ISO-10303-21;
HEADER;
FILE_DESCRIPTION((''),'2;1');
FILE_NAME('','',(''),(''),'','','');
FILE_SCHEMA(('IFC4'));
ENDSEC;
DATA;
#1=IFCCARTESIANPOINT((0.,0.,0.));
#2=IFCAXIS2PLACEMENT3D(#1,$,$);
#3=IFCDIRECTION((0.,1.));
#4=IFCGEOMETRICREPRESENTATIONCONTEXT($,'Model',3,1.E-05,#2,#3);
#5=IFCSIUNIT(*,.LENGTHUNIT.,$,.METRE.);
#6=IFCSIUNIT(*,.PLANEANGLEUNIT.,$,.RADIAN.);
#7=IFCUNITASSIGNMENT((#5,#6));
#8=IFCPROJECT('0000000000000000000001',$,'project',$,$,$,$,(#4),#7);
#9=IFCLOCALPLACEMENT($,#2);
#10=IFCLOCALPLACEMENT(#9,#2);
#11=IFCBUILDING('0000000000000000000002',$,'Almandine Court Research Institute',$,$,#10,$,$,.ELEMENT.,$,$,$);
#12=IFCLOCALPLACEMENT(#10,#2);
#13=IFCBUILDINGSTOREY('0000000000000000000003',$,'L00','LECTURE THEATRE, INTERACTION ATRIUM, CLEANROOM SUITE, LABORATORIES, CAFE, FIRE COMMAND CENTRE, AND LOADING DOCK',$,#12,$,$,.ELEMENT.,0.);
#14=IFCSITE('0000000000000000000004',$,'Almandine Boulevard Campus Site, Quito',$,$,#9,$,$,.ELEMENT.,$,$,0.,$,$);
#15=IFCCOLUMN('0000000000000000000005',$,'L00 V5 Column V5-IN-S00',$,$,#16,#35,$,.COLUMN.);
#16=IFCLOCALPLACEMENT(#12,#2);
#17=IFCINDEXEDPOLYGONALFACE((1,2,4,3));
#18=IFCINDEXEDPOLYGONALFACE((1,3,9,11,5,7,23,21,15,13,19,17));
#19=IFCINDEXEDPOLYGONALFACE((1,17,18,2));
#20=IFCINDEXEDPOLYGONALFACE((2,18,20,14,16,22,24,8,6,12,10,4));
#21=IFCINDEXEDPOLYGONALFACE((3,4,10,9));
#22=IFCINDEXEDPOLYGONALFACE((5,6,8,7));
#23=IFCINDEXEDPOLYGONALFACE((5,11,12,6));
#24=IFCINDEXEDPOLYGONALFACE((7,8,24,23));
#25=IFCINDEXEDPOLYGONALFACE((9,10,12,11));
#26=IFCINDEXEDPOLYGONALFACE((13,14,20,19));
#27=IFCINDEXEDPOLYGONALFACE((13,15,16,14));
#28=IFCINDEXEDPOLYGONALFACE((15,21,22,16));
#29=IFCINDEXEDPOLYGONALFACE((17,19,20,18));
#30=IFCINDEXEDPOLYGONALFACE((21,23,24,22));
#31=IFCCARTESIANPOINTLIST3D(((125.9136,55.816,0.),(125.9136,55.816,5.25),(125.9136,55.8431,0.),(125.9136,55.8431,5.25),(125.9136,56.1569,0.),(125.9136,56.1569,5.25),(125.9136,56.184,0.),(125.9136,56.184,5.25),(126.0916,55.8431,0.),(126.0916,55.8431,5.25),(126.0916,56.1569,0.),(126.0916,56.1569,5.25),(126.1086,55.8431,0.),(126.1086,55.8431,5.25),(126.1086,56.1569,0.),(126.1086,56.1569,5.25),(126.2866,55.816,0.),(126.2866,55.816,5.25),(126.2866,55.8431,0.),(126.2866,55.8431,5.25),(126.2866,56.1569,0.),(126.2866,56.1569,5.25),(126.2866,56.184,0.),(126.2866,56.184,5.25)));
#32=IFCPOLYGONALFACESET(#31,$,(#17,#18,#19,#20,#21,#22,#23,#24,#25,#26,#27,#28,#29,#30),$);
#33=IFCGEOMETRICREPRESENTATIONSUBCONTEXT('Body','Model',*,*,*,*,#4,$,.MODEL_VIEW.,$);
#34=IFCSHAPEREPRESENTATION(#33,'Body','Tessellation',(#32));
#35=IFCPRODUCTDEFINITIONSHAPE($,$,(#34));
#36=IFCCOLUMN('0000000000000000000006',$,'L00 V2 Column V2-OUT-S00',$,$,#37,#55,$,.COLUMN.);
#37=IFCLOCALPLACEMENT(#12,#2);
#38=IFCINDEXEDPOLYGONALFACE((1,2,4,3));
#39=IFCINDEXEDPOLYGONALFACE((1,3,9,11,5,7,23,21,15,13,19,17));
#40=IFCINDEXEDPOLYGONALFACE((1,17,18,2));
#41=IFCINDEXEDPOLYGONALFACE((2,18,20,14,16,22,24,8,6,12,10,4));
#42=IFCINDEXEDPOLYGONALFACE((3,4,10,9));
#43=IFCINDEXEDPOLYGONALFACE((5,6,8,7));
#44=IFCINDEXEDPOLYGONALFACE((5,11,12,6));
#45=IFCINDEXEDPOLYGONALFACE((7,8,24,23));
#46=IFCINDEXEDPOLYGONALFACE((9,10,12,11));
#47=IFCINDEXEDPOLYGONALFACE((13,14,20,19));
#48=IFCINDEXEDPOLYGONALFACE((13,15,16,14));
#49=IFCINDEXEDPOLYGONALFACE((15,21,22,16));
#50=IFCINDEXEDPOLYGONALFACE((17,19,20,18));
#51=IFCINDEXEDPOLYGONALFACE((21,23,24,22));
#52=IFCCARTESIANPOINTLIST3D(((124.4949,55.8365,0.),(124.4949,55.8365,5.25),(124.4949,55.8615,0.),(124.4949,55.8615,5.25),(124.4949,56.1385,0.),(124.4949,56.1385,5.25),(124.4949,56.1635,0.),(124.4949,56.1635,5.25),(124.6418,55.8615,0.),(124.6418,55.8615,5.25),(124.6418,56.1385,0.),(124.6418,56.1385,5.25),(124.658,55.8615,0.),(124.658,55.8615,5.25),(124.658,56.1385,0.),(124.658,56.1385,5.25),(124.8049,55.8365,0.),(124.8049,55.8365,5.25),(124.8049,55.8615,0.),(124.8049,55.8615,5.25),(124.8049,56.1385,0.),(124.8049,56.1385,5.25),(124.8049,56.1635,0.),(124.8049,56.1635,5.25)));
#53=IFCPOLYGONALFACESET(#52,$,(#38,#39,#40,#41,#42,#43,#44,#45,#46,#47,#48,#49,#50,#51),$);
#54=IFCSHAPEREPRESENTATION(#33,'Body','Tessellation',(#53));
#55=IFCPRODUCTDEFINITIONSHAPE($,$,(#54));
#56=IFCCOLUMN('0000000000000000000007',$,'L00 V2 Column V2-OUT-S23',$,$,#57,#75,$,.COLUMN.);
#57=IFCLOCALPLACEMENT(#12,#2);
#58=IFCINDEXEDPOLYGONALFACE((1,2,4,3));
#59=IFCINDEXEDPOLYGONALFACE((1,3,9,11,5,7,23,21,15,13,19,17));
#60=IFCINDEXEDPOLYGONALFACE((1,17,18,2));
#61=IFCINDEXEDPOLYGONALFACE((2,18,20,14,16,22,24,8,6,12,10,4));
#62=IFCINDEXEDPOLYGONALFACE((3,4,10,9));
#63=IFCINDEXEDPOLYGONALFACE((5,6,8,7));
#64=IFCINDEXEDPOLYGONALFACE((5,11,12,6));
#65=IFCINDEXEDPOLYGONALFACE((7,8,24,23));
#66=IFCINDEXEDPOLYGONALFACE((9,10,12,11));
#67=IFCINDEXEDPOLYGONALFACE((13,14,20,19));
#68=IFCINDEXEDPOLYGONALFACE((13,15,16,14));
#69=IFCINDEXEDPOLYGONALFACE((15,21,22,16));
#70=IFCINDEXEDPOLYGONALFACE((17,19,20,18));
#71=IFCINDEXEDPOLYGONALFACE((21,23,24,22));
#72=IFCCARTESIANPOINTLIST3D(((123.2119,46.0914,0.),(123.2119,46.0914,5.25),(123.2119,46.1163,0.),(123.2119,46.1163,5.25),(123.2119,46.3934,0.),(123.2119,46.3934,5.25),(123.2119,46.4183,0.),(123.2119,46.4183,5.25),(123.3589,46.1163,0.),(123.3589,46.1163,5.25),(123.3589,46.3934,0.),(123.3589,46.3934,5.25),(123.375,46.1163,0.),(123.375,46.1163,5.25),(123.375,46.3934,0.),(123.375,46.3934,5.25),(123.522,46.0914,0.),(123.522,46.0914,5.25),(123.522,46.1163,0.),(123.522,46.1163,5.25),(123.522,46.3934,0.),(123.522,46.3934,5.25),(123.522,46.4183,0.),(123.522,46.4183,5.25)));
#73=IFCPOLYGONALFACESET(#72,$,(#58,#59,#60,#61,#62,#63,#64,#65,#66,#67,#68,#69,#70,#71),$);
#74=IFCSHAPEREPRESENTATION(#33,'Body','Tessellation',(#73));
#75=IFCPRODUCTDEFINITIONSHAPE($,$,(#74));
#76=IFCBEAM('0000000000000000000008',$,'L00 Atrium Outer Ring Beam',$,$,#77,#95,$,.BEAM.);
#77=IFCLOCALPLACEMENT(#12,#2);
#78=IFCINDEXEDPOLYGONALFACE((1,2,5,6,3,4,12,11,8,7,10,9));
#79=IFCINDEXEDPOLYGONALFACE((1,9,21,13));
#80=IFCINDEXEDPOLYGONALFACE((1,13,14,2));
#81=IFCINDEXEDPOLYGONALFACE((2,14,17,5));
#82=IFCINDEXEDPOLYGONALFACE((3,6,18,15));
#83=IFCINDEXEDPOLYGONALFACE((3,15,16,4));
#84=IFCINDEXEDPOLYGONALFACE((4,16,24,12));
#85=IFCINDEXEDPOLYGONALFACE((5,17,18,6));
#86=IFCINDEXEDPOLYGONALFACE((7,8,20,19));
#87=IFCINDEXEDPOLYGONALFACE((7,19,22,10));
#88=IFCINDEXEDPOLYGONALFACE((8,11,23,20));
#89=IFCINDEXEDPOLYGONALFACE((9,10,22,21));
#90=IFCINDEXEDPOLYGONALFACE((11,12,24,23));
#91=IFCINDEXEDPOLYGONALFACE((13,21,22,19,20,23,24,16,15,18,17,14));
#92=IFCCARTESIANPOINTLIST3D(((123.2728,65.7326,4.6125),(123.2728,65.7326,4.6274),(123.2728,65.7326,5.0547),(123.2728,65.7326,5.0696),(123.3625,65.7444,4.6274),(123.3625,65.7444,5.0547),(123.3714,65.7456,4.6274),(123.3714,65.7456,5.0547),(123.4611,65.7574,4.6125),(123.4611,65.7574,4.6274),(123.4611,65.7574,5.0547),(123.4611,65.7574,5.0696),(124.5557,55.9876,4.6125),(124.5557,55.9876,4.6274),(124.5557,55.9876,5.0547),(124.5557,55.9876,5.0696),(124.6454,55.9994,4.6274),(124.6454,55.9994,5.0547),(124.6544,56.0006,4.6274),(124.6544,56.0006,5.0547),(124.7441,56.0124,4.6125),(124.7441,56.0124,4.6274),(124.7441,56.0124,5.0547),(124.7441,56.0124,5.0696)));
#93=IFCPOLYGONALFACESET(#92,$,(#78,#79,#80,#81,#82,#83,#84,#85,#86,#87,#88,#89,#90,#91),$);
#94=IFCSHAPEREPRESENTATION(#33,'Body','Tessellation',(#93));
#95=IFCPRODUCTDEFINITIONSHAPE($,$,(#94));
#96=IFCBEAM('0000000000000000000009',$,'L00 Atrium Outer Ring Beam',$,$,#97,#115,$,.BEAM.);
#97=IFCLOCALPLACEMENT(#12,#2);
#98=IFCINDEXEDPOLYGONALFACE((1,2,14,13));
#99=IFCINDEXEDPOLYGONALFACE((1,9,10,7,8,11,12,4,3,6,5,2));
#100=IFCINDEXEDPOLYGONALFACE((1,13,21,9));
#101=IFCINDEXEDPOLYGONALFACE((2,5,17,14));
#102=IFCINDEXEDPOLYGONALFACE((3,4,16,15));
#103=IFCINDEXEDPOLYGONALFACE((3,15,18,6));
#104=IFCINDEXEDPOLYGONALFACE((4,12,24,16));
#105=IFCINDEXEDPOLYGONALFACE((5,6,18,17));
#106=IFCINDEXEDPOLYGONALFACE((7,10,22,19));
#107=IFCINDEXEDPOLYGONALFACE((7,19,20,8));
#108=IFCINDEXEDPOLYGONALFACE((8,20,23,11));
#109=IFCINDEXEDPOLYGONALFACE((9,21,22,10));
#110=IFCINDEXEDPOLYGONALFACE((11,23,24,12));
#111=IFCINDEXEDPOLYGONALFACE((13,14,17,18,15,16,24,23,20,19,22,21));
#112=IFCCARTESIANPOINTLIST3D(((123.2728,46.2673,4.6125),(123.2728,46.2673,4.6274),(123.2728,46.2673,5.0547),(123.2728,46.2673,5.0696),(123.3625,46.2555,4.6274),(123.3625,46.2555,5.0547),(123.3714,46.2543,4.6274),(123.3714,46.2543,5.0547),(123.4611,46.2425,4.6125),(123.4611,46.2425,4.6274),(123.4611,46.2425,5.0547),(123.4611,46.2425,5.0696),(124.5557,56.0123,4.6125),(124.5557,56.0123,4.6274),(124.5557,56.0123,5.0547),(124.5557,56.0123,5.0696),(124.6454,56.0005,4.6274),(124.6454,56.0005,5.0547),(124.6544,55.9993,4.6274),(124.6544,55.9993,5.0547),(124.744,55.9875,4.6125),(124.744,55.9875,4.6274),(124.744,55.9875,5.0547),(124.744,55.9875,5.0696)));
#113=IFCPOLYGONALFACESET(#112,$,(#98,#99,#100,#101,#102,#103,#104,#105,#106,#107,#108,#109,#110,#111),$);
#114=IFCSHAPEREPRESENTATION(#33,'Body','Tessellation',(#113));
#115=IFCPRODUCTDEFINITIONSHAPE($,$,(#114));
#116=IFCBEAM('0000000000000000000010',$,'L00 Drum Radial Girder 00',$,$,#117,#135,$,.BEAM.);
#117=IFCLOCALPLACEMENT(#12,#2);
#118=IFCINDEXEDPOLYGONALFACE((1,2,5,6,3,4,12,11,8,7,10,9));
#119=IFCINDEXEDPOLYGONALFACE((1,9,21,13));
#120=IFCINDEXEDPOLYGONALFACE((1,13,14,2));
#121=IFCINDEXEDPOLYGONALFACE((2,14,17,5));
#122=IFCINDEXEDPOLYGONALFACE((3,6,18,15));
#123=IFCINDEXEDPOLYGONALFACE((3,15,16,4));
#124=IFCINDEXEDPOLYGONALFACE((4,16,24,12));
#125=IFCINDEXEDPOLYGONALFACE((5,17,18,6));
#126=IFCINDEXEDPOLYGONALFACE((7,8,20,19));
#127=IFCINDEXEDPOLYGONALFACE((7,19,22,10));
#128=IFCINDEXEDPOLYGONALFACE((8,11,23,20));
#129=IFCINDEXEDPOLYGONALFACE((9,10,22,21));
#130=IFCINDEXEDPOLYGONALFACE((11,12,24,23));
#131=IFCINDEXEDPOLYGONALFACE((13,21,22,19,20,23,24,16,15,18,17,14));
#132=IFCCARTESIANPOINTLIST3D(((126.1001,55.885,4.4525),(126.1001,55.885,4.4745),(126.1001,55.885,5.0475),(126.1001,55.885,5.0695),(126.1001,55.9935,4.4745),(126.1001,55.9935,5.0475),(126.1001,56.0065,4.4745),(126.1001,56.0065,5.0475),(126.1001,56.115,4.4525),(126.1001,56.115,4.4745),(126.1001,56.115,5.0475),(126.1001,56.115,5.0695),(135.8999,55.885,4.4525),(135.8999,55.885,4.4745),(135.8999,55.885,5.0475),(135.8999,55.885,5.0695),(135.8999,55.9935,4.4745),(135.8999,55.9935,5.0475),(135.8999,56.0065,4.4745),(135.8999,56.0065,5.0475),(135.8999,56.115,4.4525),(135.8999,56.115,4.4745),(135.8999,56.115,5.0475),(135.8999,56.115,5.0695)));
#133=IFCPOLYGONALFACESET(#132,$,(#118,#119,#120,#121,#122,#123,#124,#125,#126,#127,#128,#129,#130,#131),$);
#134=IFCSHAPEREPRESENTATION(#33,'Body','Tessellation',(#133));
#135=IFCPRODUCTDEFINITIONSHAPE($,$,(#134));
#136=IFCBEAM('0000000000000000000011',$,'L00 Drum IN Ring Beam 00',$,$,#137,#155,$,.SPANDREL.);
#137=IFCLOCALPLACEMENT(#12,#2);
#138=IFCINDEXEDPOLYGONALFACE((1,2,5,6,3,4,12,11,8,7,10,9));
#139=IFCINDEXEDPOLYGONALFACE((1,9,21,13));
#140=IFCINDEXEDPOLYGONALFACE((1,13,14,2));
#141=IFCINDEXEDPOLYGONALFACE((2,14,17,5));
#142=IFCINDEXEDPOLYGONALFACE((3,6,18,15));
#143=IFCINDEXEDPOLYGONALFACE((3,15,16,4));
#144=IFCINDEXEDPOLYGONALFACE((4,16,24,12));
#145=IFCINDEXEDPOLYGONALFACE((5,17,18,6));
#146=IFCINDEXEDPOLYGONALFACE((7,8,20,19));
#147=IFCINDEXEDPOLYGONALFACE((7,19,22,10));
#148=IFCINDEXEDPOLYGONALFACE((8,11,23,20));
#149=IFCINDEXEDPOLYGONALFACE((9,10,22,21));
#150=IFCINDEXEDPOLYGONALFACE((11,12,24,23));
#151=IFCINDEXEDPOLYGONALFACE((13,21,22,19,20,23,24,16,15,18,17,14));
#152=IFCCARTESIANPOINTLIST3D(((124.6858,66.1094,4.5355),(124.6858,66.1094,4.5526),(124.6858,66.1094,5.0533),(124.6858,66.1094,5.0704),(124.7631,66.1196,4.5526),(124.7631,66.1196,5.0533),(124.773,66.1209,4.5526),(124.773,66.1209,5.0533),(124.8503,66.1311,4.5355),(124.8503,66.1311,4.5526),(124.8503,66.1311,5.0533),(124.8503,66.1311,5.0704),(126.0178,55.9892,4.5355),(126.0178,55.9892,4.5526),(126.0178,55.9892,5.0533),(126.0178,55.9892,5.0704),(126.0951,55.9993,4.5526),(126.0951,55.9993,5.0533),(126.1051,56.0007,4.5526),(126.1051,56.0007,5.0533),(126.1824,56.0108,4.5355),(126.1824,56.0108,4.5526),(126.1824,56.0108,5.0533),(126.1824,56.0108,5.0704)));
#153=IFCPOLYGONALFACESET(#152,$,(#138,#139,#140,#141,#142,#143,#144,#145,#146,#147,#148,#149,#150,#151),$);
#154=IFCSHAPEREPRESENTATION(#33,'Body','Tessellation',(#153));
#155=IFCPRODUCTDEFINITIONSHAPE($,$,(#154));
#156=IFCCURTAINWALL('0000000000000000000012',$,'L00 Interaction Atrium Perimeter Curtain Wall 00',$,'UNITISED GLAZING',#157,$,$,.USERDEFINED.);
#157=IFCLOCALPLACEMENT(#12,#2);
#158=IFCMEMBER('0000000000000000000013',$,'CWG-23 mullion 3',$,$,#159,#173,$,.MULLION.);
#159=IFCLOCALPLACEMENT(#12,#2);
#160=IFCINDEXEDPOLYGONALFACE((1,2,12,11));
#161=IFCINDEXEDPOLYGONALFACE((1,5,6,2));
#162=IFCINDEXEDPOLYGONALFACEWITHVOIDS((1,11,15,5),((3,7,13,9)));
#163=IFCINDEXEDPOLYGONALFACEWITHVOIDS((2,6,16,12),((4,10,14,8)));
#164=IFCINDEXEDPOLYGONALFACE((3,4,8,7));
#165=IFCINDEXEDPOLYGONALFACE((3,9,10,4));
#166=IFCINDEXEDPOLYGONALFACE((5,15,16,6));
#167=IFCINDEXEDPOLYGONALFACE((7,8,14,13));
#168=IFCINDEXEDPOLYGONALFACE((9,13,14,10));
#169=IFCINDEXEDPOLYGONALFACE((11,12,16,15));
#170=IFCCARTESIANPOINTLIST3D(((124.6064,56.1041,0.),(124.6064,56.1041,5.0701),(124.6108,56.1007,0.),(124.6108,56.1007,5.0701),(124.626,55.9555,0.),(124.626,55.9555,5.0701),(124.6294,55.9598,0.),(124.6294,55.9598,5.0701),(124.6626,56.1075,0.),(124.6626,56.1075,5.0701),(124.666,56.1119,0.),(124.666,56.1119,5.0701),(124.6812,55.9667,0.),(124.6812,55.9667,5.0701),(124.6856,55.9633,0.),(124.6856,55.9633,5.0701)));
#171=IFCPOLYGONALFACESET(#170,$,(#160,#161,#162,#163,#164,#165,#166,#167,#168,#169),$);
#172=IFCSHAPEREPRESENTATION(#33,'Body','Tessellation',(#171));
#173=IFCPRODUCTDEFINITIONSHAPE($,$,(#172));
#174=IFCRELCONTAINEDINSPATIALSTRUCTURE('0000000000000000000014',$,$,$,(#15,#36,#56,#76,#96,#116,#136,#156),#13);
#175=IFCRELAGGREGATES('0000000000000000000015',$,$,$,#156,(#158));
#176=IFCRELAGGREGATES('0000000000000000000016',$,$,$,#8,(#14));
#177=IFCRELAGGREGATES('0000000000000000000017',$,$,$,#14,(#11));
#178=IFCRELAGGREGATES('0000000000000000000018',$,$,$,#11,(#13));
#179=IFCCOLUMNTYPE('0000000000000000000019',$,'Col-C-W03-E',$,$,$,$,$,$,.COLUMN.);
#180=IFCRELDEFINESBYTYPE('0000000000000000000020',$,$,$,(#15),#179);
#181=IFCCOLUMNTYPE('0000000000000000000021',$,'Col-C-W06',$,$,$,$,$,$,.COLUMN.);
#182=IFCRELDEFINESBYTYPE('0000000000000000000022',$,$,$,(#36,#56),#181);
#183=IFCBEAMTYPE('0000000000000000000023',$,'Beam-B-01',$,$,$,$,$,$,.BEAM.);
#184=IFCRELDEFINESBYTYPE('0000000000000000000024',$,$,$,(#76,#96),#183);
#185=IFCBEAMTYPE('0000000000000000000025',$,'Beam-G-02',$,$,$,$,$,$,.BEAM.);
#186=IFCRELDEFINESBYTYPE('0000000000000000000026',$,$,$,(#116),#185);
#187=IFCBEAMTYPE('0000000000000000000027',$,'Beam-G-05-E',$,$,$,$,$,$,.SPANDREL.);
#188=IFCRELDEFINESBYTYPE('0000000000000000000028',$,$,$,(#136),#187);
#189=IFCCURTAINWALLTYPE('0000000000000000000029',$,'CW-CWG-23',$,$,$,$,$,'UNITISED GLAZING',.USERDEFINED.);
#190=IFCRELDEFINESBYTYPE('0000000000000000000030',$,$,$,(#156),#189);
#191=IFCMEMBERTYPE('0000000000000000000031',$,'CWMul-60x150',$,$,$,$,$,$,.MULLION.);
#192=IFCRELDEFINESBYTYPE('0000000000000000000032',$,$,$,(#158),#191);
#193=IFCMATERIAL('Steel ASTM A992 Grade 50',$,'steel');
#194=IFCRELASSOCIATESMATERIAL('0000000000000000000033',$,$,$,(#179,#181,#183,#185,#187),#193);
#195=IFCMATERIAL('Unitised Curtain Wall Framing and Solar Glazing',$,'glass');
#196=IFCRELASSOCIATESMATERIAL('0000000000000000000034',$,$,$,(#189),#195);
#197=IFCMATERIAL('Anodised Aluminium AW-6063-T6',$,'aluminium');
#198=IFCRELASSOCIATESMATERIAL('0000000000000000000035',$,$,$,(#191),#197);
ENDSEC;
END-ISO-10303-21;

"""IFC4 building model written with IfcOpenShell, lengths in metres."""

from ifc_helpers import new_model, si_unit, direction, frame, origin, origin_2d, place, context, subcontext, project, spatial, hollow_rectangle, i_section, extrude, material, material_profile, profile_set, type_object, element, aggregate, save


model = new_model("IFC4")

# Units and contexts
model_context = context("Model", 3, precision=1e-05, world=origin(), true_north=direction((0.0, 1.0)))
body_context = subcontext(model_context, "Body", "Model", "MODEL_VIEW")
ifc_project = project(units=[si_unit("LENGTHUNIT", "METRE"), si_unit("PLANEANGLEUNIT", "RADIAN")], contexts=[model_context])

# Site, building, storey
site_placement = place(None, origin())
site = spatial("IfcSite", under=ifc_project, at=site_placement, Name="Almandine Boulevard Campus Site, Quito", CompositionType="ELEMENT", RefElevation=0.0)
building_placement = place(site_placement, origin())
building = spatial("IfcBuilding", under=site, at=building_placement, Name="Almandine Court Research Institute", CompositionType="ELEMENT")
storey_placement = place(building_placement, origin())
storey = spatial("IfcBuildingStorey", under=building, at=storey_placement, Name="L00", Description="LECTURE THEATRE, INTERACTION ATRIUM, CLEANROOM SUITE, LABORATORIES, CAFE, FIRE COMMAND CENTRE, AND LOADING DOCK", CompositionType="ELEMENT", Elevation=0.0)

# Columns
ifc_material_1 = material(Name="Steel ASTM A992 Grade 50", Category="steel")
ifc_material_profile_1 = material_profile(ifc_material_1, i_section(OverallWidth=0.373, OverallDepth=0.3679, WebThickness=0.0171, FlangeThickness=0.0271, at=origin_2d()), Name="W360x179")
ifc_profile_set_1 = profile_set([ifc_material_profile_1], Name="Steel ASTM A992 Grade 50")
column_type_1 = type_object("IfcColumnType", Name="Col-C-W03-E", PredefinedType="COLUMN", material=ifc_profile_set_1)
column_placement = place(storey_placement, frame((126.1001, 56.0, 0.0), z_axis=(0.0, 0.0, 1.0), x_axis=(1.0, 0.0, 0.0)))
element("IfcColumn", 1, at=column_placement, inside=storey, type_object=column_type_1, Name="L00 V5 Column V5-IN-S00", PredefinedType="COLUMN", context=body_context, shape_type="SweptSolid", body=[
    extrude(i_section(OverallWidth=0.373, OverallDepth=0.3679, WebThickness=0.0171, FlangeThickness=0.0271, at=origin_2d()), origin(), (0.0, 0.0, 1.0), 5.25),
])
ifc_material_profile_2 = material_profile(ifc_material_1, i_section(OverallWidth=0.3101, OverallDepth=0.3269, WebThickness=0.0161, FlangeThickness=0.0249, at=origin_2d()), Name="W310x158")
ifc_profile_set_2 = profile_set([ifc_material_profile_2], Name="Steel ASTM A992 Grade 50")
column_type_2 = type_object("IfcColumnType", Name="Col-C-W06", PredefinedType="COLUMN", material=ifc_profile_set_2)
for number, where, z_axis, x_axis, name in (
    (2, (124.6499, 56.0, 0.0), (0.0, 0.0, 1.0), (1.0, 0.0, 0.0), "L00 V2 Column V2-OUT-S00"),
    (3, (123.3669, 46.2549, 0.0), (0.0, 0.0, 1.0), (1.0, 0.0, 0.0), "L00 V2 Column V2-OUT-S23"),
):
    element("IfcColumn", number, at=place(storey_placement, frame(where, z_axis=z_axis, x_axis=x_axis)), inside=storey, type_object=column_type_2, Name=name, PredefinedType="COLUMN", context=body_context, shape_type="SweptSolid", body=[
        extrude(i_section(OverallWidth=0.3101, OverallDepth=0.3269, WebThickness=0.0161, FlangeThickness=0.0249, at=origin_2d()), origin(), (0.0, 0.0, 1.0), 5.25),
    ])

# Beams
ifc_material_profile_3 = material_profile(ifc_material_1, i_section(OverallWidth=0.1899, OverallDepth=0.457, WebThickness=0.009, FlangeThickness=0.0149, at=origin_2d()), Name="W460x74")
ifc_profile_set_3 = profile_set([ifc_material_profile_3], Name="Steel ASTM A992 Grade 50")
beam_type_1 = type_object("IfcBeamType", Name="Beam-B-01", PredefinedType="BEAM", material=ifc_profile_set_3)
for number, where, z_axis, x_axis, name in (
    (4, (124.6499, 56.0, 4.8411), (-0.130525, 0.991445, 0.0), (-0.991445, -0.130525, 0.0), "L00 Atrium Outer Ring Beam"),
    (5, (123.3669, 46.2549, 4.8411), (0.130525, 0.991445, 0.0), (-0.991445, 0.130525, 0.0), "L00 Atrium Outer Ring Beam"),
):
    element("IfcBeam", number, at=place(storey_placement, frame(where, z_axis=z_axis, x_axis=x_axis)), inside=storey, type_object=beam_type_1, Name=name, PredefinedType="BEAM", context=body_context, shape_type="SweptSolid", body=[
        extrude(i_section(OverallWidth=0.1899, OverallDepth=0.457, WebThickness=0.009, FlangeThickness=0.0149, at=origin_2d()), origin(), (0.0, 0.0, 1.0), 9.8291),
    ])
ifc_material_profile_4 = material_profile(ifc_material_1, i_section(OverallWidth=0.23, OverallDepth=0.6169, WebThickness=0.0129, FlangeThickness=0.022, at=origin_2d()), Name="W610x140")
ifc_profile_set_4 = profile_set([ifc_material_profile_4], Name="Steel ASTM A992 Grade 50")
beam_type_2 = type_object("IfcBeamType", Name="Beam-G-02", PredefinedType="BEAM", material=ifc_profile_set_4)
beam_1_placement = place(storey_placement, frame((126.1001, 56.0, 4.761), z_axis=(1.0, 0.0, 0.0), x_axis=(0.0, 1.0, 0.0)))
element("IfcBeam", 6, at=beam_1_placement, inside=storey, type_object=beam_type_2, Name="L00 Drum Radial Girder 00", PredefinedType="BEAM", context=body_context, shape_type="SweptSolid", body=[
    extrude(i_section(OverallWidth=0.23, OverallDepth=0.6169, WebThickness=0.0129, FlangeThickness=0.022, at=origin_2d()), origin(), (0.0, 0.0, 1.0), 9.7998),
])
ifc_material_profile_5 = material_profile(ifc_material_1, i_section(OverallWidth=0.166, OverallDepth=0.5349, WebThickness=0.01, FlangeThickness=0.0171, at=origin_2d()), Name="W530x85")
ifc_profile_set_5 = profile_set([ifc_material_profile_5], Name="Steel ASTM A992 Grade 50")
beam_type_3 = type_object("IfcBeamType", Name="Beam-G-05-E", PredefinedType="SPANDREL", material=ifc_profile_set_5)
beam_2_placement = place(storey_placement, frame((126.1001, 56.0, 4.803), z_axis=(-0.130497, 0.991449, 0.0), x_axis=(-0.991449, -0.130497, 0.0)))
element("IfcBeam", 7, at=beam_2_placement, inside=storey, type_object=beam_type_3, Name="L00 Drum IN Ring Beam 00", PredefinedType="SPANDREL", context=body_context, shape_type="SweptSolid", body=[
    extrude(i_section(OverallWidth=0.166, OverallDepth=0.5349, WebThickness=0.01, FlangeThickness=0.0171, at=origin_2d()), origin(), (0.0, 0.0, 1.0), 10.2075),
])

# Curtain wall, member
ifc_material_2 = material(Name="Unitised Curtain Wall Framing and Solar Glazing", Category="glass")
curtain_wall_type = type_object("IfcCurtainWallType", Name="CW-CWG-23", ElementType="UNITISED GLAZING", PredefinedType="USERDEFINED", material=ifc_material_2)
curtain_wall_placement = place(storey_placement, origin())
curtain_wall = element("IfcCurtainWall", 8, at=curtain_wall_placement, inside=storey, type_object=curtain_wall_type, Name="L00 Interaction Atrium Perimeter Curtain Wall 00", ObjectType="UNITISED GLAZING", PredefinedType="USERDEFINED")
ifc_material_3 = material(Name="Anodised Aluminium AW-6063-T6", Category="aluminium")
ifc_material_profile_6 = material_profile(ifc_material_3, hollow_rectangle(XDim=0.0601, YDim=0.1499, WallThickness=0.0039, at=origin_2d()), Name="ALU RHS 60x150x4")
ifc_profile_set_6 = profile_set([ifc_material_profile_6], Name="Anodised Aluminium AW-6063-T6")
member_type = type_object("IfcMemberType", Name="CWMul-60x150", PredefinedType="MULLION", material=ifc_profile_set_6)
member_placement = place(storey_placement, frame((124.646, 56.0337, 0.0), z_axis=(0.0, 0.0, 1.0), x_axis=(0.991444, 0.130536, 0.0)))
member = element("IfcMember", 9, at=member_placement, type_object=member_type, Name="CWG-23 mullion 3", PredefinedType="MULLION", context=body_context, shape_type="SweptSolid", body=[
    extrude(hollow_rectangle(XDim=0.0601, YDim=0.1499, WallThickness=0.0039, at=origin_2d()), origin(), (0.0, 0.0, 1.0), 5.0701),
])
aggregate(curtain_wall, [member])

save(model, "model.ifc")
